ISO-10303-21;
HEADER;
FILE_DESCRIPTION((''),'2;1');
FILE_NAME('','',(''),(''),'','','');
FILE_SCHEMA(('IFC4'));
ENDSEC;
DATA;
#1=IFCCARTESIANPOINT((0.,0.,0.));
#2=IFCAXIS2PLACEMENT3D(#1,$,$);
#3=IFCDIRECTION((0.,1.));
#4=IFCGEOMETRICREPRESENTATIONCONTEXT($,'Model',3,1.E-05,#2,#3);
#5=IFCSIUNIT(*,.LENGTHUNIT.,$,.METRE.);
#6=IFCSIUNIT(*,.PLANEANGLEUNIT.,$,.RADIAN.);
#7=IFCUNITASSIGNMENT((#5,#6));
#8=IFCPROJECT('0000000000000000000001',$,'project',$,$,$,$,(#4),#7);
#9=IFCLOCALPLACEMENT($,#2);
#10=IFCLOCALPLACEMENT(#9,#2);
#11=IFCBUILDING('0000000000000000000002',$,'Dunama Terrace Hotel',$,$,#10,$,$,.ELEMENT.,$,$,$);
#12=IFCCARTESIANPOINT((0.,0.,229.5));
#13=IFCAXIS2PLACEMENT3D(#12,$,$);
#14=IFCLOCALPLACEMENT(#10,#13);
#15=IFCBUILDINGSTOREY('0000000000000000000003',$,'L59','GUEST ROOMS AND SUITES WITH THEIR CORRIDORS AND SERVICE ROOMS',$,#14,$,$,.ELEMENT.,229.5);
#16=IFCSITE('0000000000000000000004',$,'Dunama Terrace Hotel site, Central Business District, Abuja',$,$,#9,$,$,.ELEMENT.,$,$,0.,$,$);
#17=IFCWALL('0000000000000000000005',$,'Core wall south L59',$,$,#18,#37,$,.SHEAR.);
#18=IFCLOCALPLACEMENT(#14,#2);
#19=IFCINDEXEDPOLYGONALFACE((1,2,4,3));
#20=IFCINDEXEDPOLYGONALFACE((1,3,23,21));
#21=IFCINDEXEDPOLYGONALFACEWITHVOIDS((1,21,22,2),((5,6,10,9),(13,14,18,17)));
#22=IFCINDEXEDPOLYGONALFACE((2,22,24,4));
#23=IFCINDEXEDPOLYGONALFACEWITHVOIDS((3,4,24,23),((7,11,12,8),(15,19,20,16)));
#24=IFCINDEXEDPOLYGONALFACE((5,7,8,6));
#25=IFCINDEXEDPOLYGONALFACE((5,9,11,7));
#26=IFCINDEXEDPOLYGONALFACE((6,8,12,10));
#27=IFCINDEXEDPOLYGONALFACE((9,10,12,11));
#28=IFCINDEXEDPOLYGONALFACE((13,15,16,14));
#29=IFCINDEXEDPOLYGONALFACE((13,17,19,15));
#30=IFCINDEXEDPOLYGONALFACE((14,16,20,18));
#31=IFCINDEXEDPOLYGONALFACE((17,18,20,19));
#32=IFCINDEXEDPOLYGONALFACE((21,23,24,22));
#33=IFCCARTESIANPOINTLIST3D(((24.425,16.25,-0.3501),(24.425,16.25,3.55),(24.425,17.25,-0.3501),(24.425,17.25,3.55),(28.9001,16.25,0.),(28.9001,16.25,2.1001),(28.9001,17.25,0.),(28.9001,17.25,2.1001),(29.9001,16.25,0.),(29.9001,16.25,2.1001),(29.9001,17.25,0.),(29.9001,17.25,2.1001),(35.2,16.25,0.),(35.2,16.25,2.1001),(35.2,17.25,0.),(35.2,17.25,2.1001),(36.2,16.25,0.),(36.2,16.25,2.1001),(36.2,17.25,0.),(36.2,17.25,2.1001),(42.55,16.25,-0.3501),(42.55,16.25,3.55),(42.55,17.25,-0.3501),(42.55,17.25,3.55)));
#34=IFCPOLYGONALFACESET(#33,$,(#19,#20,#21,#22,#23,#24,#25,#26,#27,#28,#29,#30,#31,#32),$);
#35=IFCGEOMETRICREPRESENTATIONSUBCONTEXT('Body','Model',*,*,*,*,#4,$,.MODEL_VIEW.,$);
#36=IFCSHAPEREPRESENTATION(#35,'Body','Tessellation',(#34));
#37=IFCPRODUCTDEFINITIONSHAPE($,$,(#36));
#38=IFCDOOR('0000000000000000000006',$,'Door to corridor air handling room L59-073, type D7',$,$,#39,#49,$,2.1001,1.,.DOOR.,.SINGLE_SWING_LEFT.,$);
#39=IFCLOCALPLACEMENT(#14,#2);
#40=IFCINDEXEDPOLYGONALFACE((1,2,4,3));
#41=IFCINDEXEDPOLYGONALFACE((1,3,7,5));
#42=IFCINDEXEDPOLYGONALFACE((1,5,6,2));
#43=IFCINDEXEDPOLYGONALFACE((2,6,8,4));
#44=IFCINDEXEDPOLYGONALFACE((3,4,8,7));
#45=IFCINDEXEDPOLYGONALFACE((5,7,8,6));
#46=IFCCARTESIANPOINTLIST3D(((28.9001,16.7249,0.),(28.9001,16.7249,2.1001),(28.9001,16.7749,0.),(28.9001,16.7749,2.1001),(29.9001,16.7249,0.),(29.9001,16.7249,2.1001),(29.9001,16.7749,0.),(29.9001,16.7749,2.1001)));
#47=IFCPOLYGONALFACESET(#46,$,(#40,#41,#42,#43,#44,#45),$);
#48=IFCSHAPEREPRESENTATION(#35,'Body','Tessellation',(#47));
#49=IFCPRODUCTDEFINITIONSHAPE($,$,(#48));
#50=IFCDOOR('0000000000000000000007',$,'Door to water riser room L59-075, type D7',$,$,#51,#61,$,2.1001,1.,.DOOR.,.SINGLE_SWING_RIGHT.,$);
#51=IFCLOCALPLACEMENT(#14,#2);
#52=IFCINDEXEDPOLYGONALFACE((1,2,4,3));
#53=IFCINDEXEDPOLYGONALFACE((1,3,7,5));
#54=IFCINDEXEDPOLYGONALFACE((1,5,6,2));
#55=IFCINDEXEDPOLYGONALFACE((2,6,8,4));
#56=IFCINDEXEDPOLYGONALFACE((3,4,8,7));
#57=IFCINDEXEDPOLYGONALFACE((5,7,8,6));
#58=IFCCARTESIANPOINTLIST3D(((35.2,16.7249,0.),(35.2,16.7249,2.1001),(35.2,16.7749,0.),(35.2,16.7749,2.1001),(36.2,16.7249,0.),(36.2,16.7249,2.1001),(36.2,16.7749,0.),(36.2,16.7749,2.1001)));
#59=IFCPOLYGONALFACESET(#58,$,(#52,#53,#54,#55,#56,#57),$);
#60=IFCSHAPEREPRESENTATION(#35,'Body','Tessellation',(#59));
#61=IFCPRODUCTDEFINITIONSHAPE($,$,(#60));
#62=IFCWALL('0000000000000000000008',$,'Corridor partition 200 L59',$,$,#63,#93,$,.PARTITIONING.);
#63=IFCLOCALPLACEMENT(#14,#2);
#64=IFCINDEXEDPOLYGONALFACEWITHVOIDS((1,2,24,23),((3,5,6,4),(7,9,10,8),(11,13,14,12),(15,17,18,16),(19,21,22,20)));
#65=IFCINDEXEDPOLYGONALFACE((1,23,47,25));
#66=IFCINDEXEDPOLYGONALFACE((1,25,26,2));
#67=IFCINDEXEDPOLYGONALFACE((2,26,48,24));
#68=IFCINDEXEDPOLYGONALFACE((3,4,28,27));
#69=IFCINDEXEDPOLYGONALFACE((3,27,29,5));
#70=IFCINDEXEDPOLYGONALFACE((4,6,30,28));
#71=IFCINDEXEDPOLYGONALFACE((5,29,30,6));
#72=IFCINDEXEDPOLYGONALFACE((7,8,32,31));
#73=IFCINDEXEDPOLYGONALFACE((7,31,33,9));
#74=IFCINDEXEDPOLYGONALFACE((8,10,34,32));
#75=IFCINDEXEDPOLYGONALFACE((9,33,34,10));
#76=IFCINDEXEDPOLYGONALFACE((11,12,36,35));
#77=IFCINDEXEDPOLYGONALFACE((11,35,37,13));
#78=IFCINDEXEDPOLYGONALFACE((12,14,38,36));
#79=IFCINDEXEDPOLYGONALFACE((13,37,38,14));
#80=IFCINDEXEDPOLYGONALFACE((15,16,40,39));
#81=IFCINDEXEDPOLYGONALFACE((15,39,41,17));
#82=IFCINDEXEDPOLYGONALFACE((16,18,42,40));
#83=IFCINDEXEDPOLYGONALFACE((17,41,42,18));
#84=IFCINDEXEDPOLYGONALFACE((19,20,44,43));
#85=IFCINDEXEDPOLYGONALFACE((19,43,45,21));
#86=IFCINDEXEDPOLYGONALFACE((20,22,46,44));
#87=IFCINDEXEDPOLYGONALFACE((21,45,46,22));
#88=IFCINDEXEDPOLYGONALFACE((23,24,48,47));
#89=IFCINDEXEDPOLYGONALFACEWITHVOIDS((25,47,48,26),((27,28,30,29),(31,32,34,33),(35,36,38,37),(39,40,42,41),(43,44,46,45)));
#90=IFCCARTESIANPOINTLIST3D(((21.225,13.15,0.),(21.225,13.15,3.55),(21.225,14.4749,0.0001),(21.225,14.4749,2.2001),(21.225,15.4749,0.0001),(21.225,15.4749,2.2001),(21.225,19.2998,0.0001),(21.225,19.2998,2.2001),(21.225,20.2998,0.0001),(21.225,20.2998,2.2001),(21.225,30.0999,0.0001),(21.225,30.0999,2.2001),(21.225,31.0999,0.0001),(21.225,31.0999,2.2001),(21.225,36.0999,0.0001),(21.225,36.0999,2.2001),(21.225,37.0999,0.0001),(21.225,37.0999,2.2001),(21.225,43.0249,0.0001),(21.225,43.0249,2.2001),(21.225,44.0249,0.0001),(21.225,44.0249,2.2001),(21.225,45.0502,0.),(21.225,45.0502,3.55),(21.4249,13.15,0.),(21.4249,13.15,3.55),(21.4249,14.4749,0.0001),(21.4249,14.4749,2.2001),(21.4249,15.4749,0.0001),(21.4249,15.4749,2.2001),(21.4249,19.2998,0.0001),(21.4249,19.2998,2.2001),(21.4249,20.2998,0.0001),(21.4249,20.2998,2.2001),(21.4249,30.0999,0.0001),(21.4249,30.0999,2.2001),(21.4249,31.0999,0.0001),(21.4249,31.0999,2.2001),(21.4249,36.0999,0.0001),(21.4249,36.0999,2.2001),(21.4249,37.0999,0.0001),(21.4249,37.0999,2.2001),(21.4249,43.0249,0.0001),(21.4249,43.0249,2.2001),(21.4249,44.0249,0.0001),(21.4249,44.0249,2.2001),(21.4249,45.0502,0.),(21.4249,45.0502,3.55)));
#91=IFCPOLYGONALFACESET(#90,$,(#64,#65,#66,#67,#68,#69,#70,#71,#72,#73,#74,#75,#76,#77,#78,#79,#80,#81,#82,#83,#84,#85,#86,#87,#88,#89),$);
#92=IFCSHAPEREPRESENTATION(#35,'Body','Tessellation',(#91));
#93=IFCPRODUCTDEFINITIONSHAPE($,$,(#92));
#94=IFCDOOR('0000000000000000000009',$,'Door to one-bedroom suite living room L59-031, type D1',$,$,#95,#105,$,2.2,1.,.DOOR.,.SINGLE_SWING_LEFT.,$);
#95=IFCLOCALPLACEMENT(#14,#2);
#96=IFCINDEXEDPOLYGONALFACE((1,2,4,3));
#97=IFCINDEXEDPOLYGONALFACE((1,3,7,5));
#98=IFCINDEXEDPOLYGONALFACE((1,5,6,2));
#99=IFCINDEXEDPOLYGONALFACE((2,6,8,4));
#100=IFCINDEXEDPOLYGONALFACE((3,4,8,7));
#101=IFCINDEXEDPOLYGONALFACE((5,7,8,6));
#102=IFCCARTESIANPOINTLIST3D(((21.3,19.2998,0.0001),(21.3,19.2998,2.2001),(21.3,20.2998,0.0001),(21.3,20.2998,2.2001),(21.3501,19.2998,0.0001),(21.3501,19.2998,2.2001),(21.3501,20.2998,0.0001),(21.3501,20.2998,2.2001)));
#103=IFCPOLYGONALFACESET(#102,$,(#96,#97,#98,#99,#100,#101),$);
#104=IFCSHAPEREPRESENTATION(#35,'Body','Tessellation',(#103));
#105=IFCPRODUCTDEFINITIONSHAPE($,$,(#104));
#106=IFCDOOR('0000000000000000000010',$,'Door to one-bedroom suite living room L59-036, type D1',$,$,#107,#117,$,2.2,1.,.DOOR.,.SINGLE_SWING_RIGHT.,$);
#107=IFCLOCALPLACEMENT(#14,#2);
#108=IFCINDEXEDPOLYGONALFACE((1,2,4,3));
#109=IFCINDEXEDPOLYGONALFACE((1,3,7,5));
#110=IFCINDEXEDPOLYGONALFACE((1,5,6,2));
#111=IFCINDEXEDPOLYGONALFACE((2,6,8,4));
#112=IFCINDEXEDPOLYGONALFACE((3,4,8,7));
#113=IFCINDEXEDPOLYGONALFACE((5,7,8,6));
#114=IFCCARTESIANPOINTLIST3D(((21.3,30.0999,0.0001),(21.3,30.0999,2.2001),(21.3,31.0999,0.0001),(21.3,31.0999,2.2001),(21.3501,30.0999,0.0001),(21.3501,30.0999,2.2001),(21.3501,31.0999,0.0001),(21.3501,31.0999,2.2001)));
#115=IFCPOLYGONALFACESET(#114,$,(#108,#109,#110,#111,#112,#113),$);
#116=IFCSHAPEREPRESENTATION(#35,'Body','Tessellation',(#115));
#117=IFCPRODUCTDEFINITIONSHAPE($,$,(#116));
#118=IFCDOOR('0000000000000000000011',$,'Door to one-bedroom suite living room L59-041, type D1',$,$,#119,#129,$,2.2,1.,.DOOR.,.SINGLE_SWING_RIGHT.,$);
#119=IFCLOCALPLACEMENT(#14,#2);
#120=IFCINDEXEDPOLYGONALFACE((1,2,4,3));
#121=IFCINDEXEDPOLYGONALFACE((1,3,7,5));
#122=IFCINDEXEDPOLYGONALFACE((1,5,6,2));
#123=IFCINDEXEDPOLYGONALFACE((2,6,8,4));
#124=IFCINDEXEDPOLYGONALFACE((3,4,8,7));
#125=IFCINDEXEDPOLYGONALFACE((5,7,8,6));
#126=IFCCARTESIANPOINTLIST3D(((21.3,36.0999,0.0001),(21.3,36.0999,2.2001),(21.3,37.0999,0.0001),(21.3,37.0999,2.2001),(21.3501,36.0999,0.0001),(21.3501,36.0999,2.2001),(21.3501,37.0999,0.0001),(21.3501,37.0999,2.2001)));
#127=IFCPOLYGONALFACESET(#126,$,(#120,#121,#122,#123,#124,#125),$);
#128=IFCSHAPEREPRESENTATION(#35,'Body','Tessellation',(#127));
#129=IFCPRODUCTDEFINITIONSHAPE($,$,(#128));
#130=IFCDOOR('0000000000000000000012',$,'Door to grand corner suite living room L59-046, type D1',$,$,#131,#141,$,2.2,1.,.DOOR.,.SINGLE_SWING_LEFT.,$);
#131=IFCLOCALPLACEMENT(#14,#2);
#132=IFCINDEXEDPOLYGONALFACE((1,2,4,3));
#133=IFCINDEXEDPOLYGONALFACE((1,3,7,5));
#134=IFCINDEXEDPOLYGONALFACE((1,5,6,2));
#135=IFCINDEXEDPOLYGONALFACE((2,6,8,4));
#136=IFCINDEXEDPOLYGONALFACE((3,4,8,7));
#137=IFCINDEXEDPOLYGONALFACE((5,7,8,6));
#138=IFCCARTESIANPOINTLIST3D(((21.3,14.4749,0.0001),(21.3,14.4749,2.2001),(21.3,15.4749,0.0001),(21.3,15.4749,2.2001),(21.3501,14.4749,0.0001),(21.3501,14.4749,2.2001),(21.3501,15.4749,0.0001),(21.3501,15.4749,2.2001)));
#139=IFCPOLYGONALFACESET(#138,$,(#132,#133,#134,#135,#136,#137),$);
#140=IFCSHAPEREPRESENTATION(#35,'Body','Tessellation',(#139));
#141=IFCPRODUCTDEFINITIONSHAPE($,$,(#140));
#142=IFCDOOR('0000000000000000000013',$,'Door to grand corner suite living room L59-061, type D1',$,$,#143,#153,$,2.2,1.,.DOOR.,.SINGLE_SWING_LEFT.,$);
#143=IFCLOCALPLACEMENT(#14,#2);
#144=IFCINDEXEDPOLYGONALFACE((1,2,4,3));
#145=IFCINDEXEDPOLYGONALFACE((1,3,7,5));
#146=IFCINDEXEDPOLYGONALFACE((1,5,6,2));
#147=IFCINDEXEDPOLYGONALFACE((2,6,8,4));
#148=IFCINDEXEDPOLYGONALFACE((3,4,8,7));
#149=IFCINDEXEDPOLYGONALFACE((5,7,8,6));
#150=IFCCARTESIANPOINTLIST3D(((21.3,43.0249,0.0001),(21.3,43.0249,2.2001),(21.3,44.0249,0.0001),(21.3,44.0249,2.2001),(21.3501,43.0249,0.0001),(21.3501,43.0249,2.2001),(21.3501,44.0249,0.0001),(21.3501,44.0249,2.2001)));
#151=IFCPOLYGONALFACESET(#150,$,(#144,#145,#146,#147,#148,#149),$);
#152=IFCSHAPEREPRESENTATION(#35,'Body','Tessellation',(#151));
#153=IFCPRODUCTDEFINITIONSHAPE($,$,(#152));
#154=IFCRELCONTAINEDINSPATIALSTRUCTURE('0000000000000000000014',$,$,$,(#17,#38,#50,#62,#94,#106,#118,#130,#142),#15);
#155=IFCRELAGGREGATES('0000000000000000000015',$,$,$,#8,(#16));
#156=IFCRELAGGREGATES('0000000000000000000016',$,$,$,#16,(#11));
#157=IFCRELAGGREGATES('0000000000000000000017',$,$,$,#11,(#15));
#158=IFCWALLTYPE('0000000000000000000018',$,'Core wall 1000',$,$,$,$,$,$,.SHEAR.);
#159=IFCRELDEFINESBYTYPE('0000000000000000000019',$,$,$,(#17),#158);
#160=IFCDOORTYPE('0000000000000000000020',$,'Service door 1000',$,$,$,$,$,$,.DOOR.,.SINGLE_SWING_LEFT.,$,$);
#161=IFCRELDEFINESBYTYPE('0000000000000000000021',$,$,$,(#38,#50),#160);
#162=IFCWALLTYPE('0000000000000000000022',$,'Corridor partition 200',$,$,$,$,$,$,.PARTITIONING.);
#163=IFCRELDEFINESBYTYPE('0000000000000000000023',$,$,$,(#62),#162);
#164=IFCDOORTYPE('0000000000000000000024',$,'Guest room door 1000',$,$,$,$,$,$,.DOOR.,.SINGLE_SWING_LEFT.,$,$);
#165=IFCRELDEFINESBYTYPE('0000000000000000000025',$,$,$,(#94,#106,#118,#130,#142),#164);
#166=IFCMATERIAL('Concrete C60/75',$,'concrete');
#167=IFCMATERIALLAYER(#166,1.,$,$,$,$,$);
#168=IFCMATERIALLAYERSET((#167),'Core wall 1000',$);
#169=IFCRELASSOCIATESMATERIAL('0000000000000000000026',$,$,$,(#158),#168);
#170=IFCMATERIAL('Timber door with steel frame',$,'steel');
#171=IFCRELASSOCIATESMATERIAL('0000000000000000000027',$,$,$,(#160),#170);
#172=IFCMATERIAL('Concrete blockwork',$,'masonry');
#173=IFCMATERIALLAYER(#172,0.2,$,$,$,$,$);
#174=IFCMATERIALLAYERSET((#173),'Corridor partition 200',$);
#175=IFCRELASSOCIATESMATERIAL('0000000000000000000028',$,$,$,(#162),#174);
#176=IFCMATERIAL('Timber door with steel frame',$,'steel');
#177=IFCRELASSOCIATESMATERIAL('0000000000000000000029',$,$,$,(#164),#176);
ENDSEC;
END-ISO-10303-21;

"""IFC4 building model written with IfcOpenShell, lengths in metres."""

from ifc_helpers import new_model, si_unit, direction, frame, frame_2d, origin, place, context, subcontext, project, spatial, rectangle, extrude, material, layer, layer_set, type_object, element, fill, save


model = new_model("IFC4")

# Units and contexts
model_context = context("Model", 3, precision=1e-05, world=origin(), true_north=direction((0.0, 1.0)))
body_context = subcontext(model_context, "Body", "Model", "MODEL_VIEW")
ifc_project = project(units=[si_unit("LENGTHUNIT", "METRE"), si_unit("PLANEANGLEUNIT", "RADIAN")], contexts=[model_context])

# Site, building, storey
site_placement = place(None, origin())
site = spatial("IfcSite", under=ifc_project, at=site_placement, Name="Dunama Terrace Hotel site, Central Business District, Abuja", CompositionType="ELEMENT", RefElevation=0.0)
building_placement = place(site_placement, origin())
building = spatial("IfcBuilding", under=site, at=building_placement, Name="Dunama Terrace Hotel", CompositionType="ELEMENT")
storey_placement = place(building_placement, frame((0.0, 0.0, 229.5)))
storey = spatial("IfcBuildingStorey", under=building, at=storey_placement, Name="L59", Description="GUEST ROOMS AND SUITES WITH THEIR CORRIDORS AND SERVICE ROOMS", CompositionType="ELEMENT", Elevation=229.5)

# Walls, openings, doors
ifc_material_1 = material(Name="Concrete C60/75", Category="concrete")
ifc_layer_1 = layer(ifc_material_1, 1.0)
ifc_layer_set_1 = layer_set([ifc_layer_1], Name="Core wall 1000")
wall_type_1 = type_object("IfcWallType", Name="Core wall 1000", PredefinedType="SHEAR", material=ifc_layer_set_1)
wall_1_placement = place(storey_placement, frame((24.425, 16.75, -0.3501), z_axis=(0.0, 0.0, 1.0), x_axis=(1.0, 0.0, 0.0)))
wall_1 = element("IfcWall", 1, at=wall_1_placement, inside=storey, type_object=wall_type_1, Name="Core wall south L59", PredefinedType="SHEAR", context=body_context, shape_type="SweptSolid", body=[
    extrude(rectangle(XDim=18.125, YDim=1.0, at=frame_2d((9.0625, 0.0))), origin(), (0.0, 0.0, 1.0), 3.9001),
])
opening_1_placement = place(wall_1_placement, frame((4.4751, 0.0, 0.3501)))
opening_1 = element("IfcOpeningElement", 2, at=opening_1_placement, cuts=wall_1, PredefinedType="OPENING", context=body_context, shape_type="SweptSolid", body=[
    extrude(rectangle(XDim=1.0, YDim=2.1001, at=frame_2d((0.5, 1.05))), frame((0.0, 0.51, 0.0), z_axis=(0.0, -1.0, 0.0), x_axis=(1.0, 0.0, 0.0)), (0.0, 0.0, 1.0), 1.02),
])
opening_2_placement = place(wall_1_placement, frame((10.7749, 0.0, 0.3501)))
opening_2 = element("IfcOpeningElement", 3, at=opening_2_placement, cuts=wall_1, PredefinedType="OPENING", context=body_context, shape_type="SweptSolid", body=[
    extrude(rectangle(XDim=1.0, YDim=2.1001, at=frame_2d((0.5, 1.05))), frame((0.0, 0.51, 0.0), z_axis=(0.0, -1.0, 0.0), x_axis=(1.0, 0.0, 0.0)), (0.0, 0.0, 1.0), 1.02),
])
ifc_material_2 = material(Name="Timber door with steel frame", Category="steel")
door_type_1 = type_object("IfcDoorType", Name="Service door 1000", OperationType="SINGLE_SWING_LEFT", PredefinedType="DOOR", material=ifc_material_2)
door_1_placement = place(opening_1_placement, origin())
door_1 = element("IfcDoor", 4, at=door_1_placement, inside=storey, type_object=door_type_1, Name="Door to corridor air handling room L59-073, type D7", OperationType="SINGLE_SWING_LEFT", OverallHeight=2.1001, OverallWidth=1.0, PredefinedType="DOOR", context=body_context, shape_type="SweptSolid", body=[
    extrude(rectangle(XDim=1.0, YDim=2.1001, at=frame_2d((0.5, 1.05))), frame((0.0, 0.0249, 0.0), z_axis=(0.0, -1.0, 0.0), x_axis=(1.0, 0.0, 0.0)), (0.0, 0.0, 1.0), 0.05),
])
fill(opening_1, door_1)
door_2_placement = place(opening_2_placement, origin())
door_2 = element("IfcDoor", 5, at=door_2_placement, inside=storey, type_object=door_type_1, Name="Door to water riser room L59-075, type D7", OperationType="SINGLE_SWING_RIGHT", OverallHeight=2.1001, OverallWidth=1.0, PredefinedType="DOOR", context=body_context, shape_type="SweptSolid", body=[
    extrude(rectangle(XDim=1.0, YDim=2.1001, at=frame_2d((0.5, 1.05))), frame((0.0, 0.0249, 0.0), z_axis=(0.0, -1.0, 0.0), x_axis=(1.0, 0.0, 0.0)), (0.0, 0.0, 1.0), 0.05),
])
fill(opening_2, door_2)
ifc_material_3 = material(Name="Concrete blockwork", Category="masonry")
ifc_layer_2 = layer(ifc_material_3, 0.2)
ifc_layer_set_2 = layer_set([ifc_layer_2], Name="Corridor partition 200")
wall_type_2 = type_object("IfcWallType", Name="Corridor partition 200", PredefinedType="PARTITIONING", material=ifc_layer_set_2)
wall_2_placement = place(storey_placement, frame((21.325, 13.1499, 0.0), z_axis=(0.0, 0.0, 1.0), x_axis=(0.0, 1.0, 0.0)))
wall_2 = element("IfcWall", 6, at=wall_2_placement, inside=storey, type_object=wall_type_2, Name="Corridor partition 200 L59", PredefinedType="PARTITIONING", context=body_context, shape_type="SweptSolid", body=[
    extrude(rectangle(XDim=31.9001, YDim=0.2, at=frame_2d((15.9502, 0.0))), origin(), (0.0, 0.0, 1.0), 3.55),
])
opening_3_placement = place(wall_2_placement, frame((6.1499, 0.0, 0.0)))
opening_3 = element("IfcOpeningElement", 7, at=opening_3_placement, cuts=wall_2, PredefinedType="OPENING", context=body_context, shape_type="SweptSolid", body=[
    extrude(rectangle(XDim=1.0, YDim=2.2, at=frame_2d((0.5, 1.1001))), frame((0.0, 0.1099, 0.0), z_axis=(0.0, -1.0, 0.0), x_axis=(1.0, 0.0, 0.0)), (0.0, 0.0, 1.0), 0.22),
])
opening_4_placement = place(wall_2_placement, frame((16.95, 0.0, 0.0)))
opening_4 = element("IfcOpeningElement", 8, at=opening_4_placement, cuts=wall_2, PredefinedType="OPENING", context=body_context, shape_type="SweptSolid", body=[
    extrude(rectangle(XDim=1.0, YDim=2.2, at=frame_2d((0.5, 1.1001))), frame((0.0, 0.1099, 0.0), z_axis=(0.0, -1.0, 0.0), x_axis=(1.0, 0.0, 0.0)), (0.0, 0.0, 1.0), 0.22),
])
opening_5_placement = place(wall_2_placement, frame((22.95, 0.0, 0.0)))
opening_5 = element("IfcOpeningElement", 9, at=opening_5_placement, cuts=wall_2, PredefinedType="OPENING", context=body_context, shape_type="SweptSolid", body=[
    extrude(rectangle(XDim=1.0, YDim=2.2, at=frame_2d((0.5, 1.1001))), frame((0.0, 0.1099, 0.0), z_axis=(0.0, -1.0, 0.0), x_axis=(1.0, 0.0, 0.0)), (0.0, 0.0, 1.0), 0.22),
])
opening_6_placement = place(wall_2_placement, frame((1.325, 0.0, 0.0)))
opening_6 = element("IfcOpeningElement", 10, at=opening_6_placement, cuts=wall_2, PredefinedType="OPENING", context=body_context, shape_type="SweptSolid", body=[
    extrude(rectangle(XDim=1.0, YDim=2.2, at=frame_2d((0.5, 1.1001))), frame((0.0, 0.1099, 0.0), z_axis=(0.0, -1.0, 0.0), x_axis=(1.0, 0.0, 0.0)), (0.0, 0.0, 1.0), 0.22),
])
opening_7_placement = place(wall_2_placement, frame((29.875, 0.0, 0.0)))
opening_7 = element("IfcOpeningElement", 11, at=opening_7_placement, cuts=wall_2, PredefinedType="OPENING", context=body_context, shape_type="SweptSolid", body=[
    extrude(rectangle(XDim=1.0, YDim=2.2, at=frame_2d((0.5, 1.1001))), frame((0.0, 0.1099, 0.0), z_axis=(0.0, -1.0, 0.0), x_axis=(1.0, 0.0, 0.0)), (0.0, 0.0, 1.0), 0.22),
])
ifc_material_4 = material(Name="Timber door with steel frame", Category="steel")
door_type_2 = type_object("IfcDoorType", Name="Guest room door 1000", OperationType="SINGLE_SWING_LEFT", PredefinedType="DOOR", material=ifc_material_4)
door_3_placement = place(opening_3_placement, origin())
door_3 = element("IfcDoor", 12, at=door_3_placement, inside=storey, type_object=door_type_2, Name="Door to one-bedroom suite living room L59-031, type D1", OperationType="SINGLE_SWING_LEFT", OverallHeight=2.2, OverallWidth=1.0, PredefinedType="DOOR", context=body_context, shape_type="SweptSolid", body=[
    extrude(rectangle(XDim=1.0, YDim=2.2, at=frame_2d((0.5, 1.1001))), frame((0.0, 0.0249, 0.0), z_axis=(0.0, -1.0, 0.0), x_axis=(1.0, 0.0, 0.0)), (0.0, 0.0, 1.0), 0.05),
])
fill(opening_3, door_3)
door_4_placement = place(opening_4_placement, origin())
door_4 = element("IfcDoor", 13, at=door_4_placement, inside=storey, type_object=door_type_2, Name="Door to one-bedroom suite living room L59-036, type D1", OperationType="SINGLE_SWING_RIGHT", OverallHeight=2.2, OverallWidth=1.0, PredefinedType="DOOR", context=body_context, shape_type="SweptSolid", body=[
    extrude(rectangle(XDim=1.0, YDim=2.2, at=frame_2d((0.5, 1.1001))), frame((0.0, 0.0249, 0.0), z_axis=(0.0, -1.0, 0.0), x_axis=(1.0, 0.0, 0.0)), (0.0, 0.0, 1.0), 0.05),
])
fill(opening_4, door_4)
door_5_placement = place(opening_5_placement, origin())
door_5 = element("IfcDoor", 14, at=door_5_placement, inside=storey, type_object=door_type_2, Name="Door to one-bedroom suite living room L59-041, type D1", OperationType="SINGLE_SWING_RIGHT", OverallHeight=2.2, OverallWidth=1.0, PredefinedType="DOOR", context=body_context, shape_type="SweptSolid", body=[
    extrude(rectangle(XDim=1.0, YDim=2.2, at=frame_2d((0.5, 1.1001))), frame((0.0, 0.0249, 0.0), z_axis=(0.0, -1.0, 0.0), x_axis=(1.0, 0.0, 0.0)), (0.0, 0.0, 1.0), 0.05),
])
fill(opening_5, door_5)
door_6_placement = place(opening_6_placement, origin())
door_6 = element("IfcDoor", 15, at=door_6_placement, inside=storey, type_object=door_type_2, Name="Door to grand corner suite living room L59-046, type D1", OperationType="SINGLE_SWING_LEFT", OverallHeight=2.2, OverallWidth=1.0, PredefinedType="DOOR", context=body_context, shape_type="SweptSolid", body=[
    extrude(rectangle(XDim=1.0, YDim=2.2, at=frame_2d((0.5, 1.1001))), frame((0.0, 0.0249, 0.0), z_axis=(0.0, -1.0, 0.0), x_axis=(1.0, 0.0, 0.0)), (0.0, 0.0, 1.0), 0.05),
])
fill(opening_6, door_6)
door_7_placement = place(opening_7_placement, origin())
door_7 = element("IfcDoor", 16, at=door_7_placement, inside=storey, type_object=door_type_2, Name="Door to grand corner suite living room L59-061, type D1", OperationType="SINGLE_SWING_LEFT", OverallHeight=2.2, OverallWidth=1.0, PredefinedType="DOOR", context=body_context, shape_type="SweptSolid", body=[
    extrude(rectangle(XDim=1.0, YDim=2.2, at=frame_2d((0.5, 1.1001))), frame((0.0, 0.0249, 0.0), z_axis=(0.0, -1.0, 0.0), x_axis=(1.0, 0.0, 0.0)), (0.0, 0.0, 1.0), 0.05),
])
fill(opening_7, door_7)

save(model, "model.ifc")
